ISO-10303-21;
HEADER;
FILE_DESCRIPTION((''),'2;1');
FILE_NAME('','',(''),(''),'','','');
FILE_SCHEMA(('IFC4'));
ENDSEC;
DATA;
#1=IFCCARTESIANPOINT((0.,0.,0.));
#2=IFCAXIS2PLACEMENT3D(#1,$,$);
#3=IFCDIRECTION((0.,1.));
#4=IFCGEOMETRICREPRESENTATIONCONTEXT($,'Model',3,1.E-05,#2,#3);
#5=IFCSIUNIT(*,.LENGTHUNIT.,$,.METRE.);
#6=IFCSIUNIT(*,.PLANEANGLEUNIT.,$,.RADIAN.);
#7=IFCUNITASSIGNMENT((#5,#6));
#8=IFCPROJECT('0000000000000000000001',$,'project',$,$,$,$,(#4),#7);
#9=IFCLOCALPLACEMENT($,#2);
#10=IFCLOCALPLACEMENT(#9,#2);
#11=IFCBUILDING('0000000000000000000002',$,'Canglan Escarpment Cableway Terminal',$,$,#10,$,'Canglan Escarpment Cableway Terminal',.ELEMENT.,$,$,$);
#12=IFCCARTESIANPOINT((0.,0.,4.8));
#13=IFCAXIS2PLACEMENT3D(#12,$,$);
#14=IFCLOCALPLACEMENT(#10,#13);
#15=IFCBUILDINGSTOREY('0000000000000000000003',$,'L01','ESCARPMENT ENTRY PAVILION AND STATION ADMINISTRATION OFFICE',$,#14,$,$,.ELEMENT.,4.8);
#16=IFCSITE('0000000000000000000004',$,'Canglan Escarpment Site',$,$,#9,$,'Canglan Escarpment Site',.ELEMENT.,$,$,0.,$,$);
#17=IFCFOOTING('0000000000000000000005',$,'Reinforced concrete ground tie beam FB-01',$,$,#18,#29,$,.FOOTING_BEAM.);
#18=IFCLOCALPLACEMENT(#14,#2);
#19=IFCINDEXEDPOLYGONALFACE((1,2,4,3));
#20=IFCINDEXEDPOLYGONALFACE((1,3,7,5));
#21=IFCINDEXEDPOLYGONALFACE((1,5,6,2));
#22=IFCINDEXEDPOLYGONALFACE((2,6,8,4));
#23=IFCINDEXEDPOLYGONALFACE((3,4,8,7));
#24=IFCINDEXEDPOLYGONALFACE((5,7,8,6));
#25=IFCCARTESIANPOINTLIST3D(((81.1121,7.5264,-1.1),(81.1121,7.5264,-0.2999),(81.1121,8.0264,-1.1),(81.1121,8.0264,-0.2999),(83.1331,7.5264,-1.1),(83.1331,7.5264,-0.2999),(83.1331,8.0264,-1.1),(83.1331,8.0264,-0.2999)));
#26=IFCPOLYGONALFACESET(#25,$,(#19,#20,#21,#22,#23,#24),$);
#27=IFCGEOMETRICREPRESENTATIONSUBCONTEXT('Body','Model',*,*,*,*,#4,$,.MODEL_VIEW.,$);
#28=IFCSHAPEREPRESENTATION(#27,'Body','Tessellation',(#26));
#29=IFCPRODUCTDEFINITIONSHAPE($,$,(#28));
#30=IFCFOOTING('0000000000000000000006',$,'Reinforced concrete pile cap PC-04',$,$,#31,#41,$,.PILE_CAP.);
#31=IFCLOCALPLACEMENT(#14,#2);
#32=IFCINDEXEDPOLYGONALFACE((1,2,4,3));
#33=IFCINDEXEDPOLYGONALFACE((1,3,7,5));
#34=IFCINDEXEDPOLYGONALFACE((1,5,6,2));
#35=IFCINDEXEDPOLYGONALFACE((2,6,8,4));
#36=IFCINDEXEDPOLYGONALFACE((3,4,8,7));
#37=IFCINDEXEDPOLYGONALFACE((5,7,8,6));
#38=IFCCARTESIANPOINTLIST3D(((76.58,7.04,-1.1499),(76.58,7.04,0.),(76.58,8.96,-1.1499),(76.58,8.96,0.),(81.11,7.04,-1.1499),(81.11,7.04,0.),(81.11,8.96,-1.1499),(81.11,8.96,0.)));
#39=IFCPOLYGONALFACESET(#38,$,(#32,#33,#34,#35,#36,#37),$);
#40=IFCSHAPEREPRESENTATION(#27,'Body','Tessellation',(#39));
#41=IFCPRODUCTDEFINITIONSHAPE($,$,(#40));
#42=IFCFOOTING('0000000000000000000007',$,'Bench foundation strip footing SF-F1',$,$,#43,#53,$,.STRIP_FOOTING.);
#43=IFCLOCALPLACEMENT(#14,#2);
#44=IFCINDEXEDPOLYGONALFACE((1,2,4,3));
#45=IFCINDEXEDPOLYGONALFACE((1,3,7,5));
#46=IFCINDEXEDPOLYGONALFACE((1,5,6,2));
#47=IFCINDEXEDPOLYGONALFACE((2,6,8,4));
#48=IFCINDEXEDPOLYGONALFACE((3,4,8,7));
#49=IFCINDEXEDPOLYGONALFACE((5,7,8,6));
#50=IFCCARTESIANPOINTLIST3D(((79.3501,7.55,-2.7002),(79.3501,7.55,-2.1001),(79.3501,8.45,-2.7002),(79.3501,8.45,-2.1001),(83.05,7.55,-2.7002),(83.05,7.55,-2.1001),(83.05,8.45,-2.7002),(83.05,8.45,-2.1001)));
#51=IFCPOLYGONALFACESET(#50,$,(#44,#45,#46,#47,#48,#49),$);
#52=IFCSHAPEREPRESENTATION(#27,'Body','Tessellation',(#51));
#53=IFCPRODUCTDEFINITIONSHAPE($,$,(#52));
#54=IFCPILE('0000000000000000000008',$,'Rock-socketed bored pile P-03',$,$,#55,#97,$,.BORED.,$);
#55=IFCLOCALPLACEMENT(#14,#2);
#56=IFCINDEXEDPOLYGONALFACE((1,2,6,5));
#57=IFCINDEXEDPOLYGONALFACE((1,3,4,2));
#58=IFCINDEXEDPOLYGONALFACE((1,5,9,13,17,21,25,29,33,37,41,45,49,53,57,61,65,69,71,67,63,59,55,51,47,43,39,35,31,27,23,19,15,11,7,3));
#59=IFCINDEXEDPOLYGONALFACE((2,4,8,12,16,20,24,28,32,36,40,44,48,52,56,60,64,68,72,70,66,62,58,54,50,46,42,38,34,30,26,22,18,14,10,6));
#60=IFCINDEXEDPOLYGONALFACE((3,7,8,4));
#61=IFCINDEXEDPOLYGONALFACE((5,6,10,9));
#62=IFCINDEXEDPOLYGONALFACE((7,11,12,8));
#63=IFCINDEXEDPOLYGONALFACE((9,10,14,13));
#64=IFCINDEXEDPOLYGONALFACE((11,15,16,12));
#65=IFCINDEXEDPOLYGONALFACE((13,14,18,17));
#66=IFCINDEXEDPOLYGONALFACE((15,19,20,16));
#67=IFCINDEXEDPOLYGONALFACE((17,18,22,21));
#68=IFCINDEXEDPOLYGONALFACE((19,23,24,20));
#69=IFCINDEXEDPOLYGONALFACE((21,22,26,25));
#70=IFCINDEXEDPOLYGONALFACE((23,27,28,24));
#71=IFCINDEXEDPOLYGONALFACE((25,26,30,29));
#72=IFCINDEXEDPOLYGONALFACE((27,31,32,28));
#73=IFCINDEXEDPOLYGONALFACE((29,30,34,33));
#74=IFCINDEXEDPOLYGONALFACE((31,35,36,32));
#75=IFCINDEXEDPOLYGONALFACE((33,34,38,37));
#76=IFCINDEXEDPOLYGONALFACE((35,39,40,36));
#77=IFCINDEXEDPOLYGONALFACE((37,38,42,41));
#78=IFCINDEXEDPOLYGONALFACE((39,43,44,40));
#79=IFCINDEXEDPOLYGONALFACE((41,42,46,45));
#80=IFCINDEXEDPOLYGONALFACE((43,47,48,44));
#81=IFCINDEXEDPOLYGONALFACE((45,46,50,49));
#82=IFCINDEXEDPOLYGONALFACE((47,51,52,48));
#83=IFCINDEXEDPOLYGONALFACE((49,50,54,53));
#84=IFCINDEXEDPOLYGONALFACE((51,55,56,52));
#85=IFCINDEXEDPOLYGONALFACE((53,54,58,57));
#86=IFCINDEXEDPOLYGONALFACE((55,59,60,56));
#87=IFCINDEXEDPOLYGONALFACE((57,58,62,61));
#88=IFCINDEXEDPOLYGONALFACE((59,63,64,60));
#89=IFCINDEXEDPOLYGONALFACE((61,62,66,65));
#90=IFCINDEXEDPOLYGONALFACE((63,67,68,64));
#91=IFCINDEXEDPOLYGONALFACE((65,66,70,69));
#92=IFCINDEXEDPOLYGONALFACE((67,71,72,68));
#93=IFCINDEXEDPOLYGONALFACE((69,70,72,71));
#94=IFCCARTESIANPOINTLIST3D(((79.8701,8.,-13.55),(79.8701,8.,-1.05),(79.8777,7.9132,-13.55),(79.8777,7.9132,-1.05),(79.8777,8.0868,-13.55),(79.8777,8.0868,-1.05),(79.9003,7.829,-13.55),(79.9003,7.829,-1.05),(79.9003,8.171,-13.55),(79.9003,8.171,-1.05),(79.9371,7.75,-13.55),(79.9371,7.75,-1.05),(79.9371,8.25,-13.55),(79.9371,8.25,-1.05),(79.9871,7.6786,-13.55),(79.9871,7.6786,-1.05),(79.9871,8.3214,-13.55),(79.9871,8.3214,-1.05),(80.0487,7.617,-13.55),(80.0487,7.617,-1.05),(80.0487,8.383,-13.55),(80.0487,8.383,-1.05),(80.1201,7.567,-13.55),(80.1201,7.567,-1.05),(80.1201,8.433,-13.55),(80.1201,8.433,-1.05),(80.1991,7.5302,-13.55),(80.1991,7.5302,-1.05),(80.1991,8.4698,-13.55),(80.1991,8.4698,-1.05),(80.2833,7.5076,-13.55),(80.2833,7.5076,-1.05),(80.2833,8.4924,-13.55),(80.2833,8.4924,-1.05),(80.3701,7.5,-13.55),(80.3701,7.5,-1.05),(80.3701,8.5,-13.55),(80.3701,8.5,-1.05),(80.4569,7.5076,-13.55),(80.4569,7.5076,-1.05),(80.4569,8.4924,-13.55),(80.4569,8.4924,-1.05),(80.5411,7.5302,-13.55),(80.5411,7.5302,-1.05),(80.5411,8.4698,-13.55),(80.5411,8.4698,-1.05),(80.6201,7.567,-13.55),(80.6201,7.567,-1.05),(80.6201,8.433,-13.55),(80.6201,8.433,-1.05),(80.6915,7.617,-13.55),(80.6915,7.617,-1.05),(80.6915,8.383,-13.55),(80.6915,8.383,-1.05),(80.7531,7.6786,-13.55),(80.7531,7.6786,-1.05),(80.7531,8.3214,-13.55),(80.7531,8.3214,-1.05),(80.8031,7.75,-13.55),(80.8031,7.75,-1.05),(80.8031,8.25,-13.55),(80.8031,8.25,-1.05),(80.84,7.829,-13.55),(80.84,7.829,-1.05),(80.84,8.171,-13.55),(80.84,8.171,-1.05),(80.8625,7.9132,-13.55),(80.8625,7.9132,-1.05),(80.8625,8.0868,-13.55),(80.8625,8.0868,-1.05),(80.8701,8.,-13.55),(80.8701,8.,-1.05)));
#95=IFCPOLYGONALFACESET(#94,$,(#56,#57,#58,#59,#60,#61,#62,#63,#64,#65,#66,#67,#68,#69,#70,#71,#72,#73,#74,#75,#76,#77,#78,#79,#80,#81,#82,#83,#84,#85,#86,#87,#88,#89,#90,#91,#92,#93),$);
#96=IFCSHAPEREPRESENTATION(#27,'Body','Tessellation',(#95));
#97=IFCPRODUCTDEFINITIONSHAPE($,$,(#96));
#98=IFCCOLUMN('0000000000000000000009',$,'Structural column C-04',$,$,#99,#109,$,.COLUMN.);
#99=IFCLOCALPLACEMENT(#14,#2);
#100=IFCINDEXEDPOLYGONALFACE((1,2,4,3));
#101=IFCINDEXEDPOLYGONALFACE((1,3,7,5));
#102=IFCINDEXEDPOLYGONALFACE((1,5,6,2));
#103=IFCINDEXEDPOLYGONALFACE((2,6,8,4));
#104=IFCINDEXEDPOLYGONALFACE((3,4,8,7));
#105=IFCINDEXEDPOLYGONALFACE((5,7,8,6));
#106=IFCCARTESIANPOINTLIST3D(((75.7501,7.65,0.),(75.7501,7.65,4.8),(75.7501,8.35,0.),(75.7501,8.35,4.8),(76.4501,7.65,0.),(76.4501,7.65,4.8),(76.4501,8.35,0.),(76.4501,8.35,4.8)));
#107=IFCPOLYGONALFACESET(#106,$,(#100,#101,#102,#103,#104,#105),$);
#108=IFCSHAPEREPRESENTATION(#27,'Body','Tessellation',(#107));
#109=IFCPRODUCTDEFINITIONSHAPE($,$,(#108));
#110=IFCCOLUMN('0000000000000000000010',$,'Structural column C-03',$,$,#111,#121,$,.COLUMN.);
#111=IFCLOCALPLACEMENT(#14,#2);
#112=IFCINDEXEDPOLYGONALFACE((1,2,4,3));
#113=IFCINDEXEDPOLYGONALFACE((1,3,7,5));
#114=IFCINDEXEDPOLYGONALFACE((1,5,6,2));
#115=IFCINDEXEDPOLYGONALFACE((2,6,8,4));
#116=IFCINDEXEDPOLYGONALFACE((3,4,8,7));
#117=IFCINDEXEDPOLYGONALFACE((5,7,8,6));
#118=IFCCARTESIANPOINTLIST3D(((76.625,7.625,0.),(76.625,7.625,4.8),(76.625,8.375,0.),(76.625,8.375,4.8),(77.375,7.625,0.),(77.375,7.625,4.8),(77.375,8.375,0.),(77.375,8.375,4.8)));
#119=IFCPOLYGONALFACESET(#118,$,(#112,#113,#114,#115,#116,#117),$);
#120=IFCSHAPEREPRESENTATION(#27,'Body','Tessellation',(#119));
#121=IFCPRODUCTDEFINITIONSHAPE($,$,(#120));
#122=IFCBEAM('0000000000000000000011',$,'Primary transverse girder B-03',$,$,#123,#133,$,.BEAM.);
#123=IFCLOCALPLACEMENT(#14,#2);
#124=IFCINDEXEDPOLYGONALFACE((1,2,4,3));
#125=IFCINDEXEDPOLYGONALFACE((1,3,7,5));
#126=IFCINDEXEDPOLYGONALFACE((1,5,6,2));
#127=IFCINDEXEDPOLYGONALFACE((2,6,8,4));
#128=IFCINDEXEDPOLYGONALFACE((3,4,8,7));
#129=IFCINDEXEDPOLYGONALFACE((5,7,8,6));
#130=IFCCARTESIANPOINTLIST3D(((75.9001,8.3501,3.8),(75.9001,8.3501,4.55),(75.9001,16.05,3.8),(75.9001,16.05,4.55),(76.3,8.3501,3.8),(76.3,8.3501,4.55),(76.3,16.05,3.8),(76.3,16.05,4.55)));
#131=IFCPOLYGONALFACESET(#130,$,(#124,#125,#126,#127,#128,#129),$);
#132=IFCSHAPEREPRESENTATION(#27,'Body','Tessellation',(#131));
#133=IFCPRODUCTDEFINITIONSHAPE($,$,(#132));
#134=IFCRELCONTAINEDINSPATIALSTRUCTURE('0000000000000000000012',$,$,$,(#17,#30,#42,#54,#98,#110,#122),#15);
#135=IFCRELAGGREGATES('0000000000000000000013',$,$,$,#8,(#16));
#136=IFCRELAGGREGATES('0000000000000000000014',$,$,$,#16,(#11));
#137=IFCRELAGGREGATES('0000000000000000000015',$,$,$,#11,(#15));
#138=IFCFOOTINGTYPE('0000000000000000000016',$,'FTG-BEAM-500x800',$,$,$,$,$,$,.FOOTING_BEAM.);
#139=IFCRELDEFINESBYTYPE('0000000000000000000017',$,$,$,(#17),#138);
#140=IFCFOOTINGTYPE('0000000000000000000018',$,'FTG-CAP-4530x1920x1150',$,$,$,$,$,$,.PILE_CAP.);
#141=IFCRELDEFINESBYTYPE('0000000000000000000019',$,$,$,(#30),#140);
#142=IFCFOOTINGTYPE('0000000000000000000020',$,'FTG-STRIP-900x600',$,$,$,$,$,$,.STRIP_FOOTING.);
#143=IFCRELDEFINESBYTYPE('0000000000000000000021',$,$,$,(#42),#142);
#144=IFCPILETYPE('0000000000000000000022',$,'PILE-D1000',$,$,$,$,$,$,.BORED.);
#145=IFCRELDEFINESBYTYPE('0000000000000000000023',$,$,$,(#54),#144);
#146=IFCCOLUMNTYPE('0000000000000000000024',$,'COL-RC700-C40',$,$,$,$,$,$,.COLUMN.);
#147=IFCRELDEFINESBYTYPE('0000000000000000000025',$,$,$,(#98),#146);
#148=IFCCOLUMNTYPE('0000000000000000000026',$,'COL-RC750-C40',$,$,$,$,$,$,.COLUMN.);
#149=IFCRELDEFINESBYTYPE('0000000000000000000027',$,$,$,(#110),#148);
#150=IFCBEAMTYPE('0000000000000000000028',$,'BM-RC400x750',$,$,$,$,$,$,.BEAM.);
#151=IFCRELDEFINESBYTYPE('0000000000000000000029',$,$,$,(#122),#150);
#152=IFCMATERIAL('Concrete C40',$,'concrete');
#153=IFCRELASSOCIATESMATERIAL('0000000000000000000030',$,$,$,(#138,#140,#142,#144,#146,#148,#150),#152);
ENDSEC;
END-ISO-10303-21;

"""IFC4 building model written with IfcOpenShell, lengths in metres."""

from ifc_helpers import new_model, si_unit, direction, frame, origin, origin_2d, place, context, subcontext, project, spatial, rectangle, circle, extrude, material, material_profile, profile_set, type_object, element, save


model = new_model("IFC4")

# Units and contexts
model_context = context("Model", 3, precision=1e-05, world=origin(), true_north=direction((0.0, 1.0)))
body_context = subcontext(model_context, "Body", "Model", "MODEL_VIEW")
ifc_project = project(units=[si_unit("LENGTHUNIT", "METRE"), si_unit("PLANEANGLEUNIT", "RADIAN")], contexts=[model_context])

# Site, building, storey
site_placement = place(None, origin())
site = spatial("IfcSite", under=ifc_project, at=site_placement, Name="Canglan Escarpment Site", LongName="Canglan Escarpment Site", CompositionType="ELEMENT", RefElevation=0.0)
building_placement = place(site_placement, origin())
building = spatial("IfcBuilding", under=site, at=building_placement, Name="Canglan Escarpment Cableway Terminal", LongName="Canglan Escarpment Cableway Terminal", CompositionType="ELEMENT")
storey_placement = place(building_placement, frame((0.0, 0.0, 4.8)))
storey = spatial("IfcBuildingStorey", under=building, at=storey_placement, Name="L01", Description="ESCARPMENT ENTRY PAVILION AND STATION ADMINISTRATION OFFICE", CompositionType="ELEMENT", Elevation=4.8)

# Footings
ifc_material_1 = material(Name="Concrete C40", Category="concrete")
ifc_material_profile_1 = material_profile(ifc_material_1, rectangle(XDim=0.5, YDim=0.8, at=origin_2d()), Name="FB 500x800")
ifc_profile_set_1 = profile_set([ifc_material_profile_1], Name="Concrete C40")
footing_type_1 = type_object("IfcFootingType", Name="FTG-BEAM-500x800", PredefinedType="FOOTING_BEAM", material=ifc_profile_set_1)
footing_1_placement = place(storey_placement, frame((81.1121, 7.7764, -0.7), z_axis=(1.0, 0.0, 0.0), x_axis=(0.0, 1.0, 0.0)))
element("IfcFooting", 1, at=footing_1_placement, inside=storey, type_object=footing_type_1, Name="Reinforced concrete ground tie beam FB-01", PredefinedType="FOOTING_BEAM", context=body_context, shape_type="SweptSolid", body=[
    extrude(rectangle(XDim=0.5, YDim=0.8, at=origin_2d()), origin(), (0.0, 0.0, 1.0), 2.021),
])
footing_type_2 = type_object("IfcFootingType", Name="FTG-CAP-4530x1920x1150", PredefinedType="PILE_CAP", material=ifc_material_1)
footing_2_placement = place(storey_placement, frame((78.845, 8.0, -1.1499), z_axis=(0.0, 0.0, 1.0), x_axis=(1.0, 0.0, 0.0)))
element("IfcFooting", 2, at=footing_2_placement, inside=storey, type_object=footing_type_2, Name="Reinforced concrete pile cap PC-04", PredefinedType="PILE_CAP", context=body_context, shape_type="SweptSolid", body=[
    extrude(rectangle(XDim=4.53, YDim=1.9199, at=origin_2d()), origin(), (0.0, 0.0, 1.0), 1.1499),
])
ifc_material_profile_2 = material_profile(ifc_material_1, rectangle(XDim=0.8999, YDim=0.6001, at=origin_2d()), Name="SF 900x600")
ifc_profile_set_2 = profile_set([ifc_material_profile_2], Name="Concrete C40")
footing_type_3 = type_object("IfcFootingType", Name="FTG-STRIP-900x600", PredefinedType="STRIP_FOOTING", material=ifc_profile_set_2)
footing_3_placement = place(storey_placement, frame((79.3501, 8.0, -2.4001), z_axis=(1.0, 0.0, 0.0), x_axis=(0.0, 1.0, 0.0)))
element("IfcFooting", 3, at=footing_3_placement, inside=storey, type_object=footing_type_3, Name="Bench foundation strip footing SF-F1", PredefinedType="STRIP_FOOTING", context=body_context, shape_type="SweptSolid", body=[
    extrude(rectangle(XDim=0.8999, YDim=0.6001, at=origin_2d()), origin(), (0.0, 0.0, 1.0), 3.7),
])

# Pile
ifc_material_profile_3 = material_profile(ifc_material_1, circle(Radius=0.5, at=origin_2d()), Name="BORED PILE D1000")
ifc_profile_set_3 = profile_set([ifc_material_profile_3], Name="Concrete C40")
pile_type = type_object("IfcPileType", Name="PILE-D1000", PredefinedType="BORED", material=ifc_profile_set_3)
pile_placement = place(storey_placement, frame((80.3701, 8.0, -1.05), z_axis=(0.0, 0.0, -1.0), x_axis=(1.0, 0.0, 0.0)))
element("IfcPile", 4, at=pile_placement, inside=storey, type_object=pile_type, Name="Rock-socketed bored pile P-03", PredefinedType="BORED", context=body_context, shape_type="SweptSolid", body=[
    extrude(circle(Radius=0.5, at=origin_2d()), origin(), (0.0, 0.0, 1.0), 12.5),
])

# Columns
ifc_material_profile_4 = material_profile(ifc_material_1, rectangle(XDim=0.7, YDim=0.7, at=origin_2d()), Name="RC 700x700")
ifc_profile_set_4 = profile_set([ifc_material_profile_4], Name="Concrete C40")
column_type_1 = type_object("IfcColumnType", Name="COL-RC700-C40", PredefinedType="COLUMN", material=ifc_profile_set_4)
column_1_placement = place(storey_placement, frame((76.1001, 8.0, 0.0), z_axis=(0.0, 0.0, 1.0), x_axis=(1.0, 0.0, 0.0)))
element("IfcColumn", 5, at=column_1_placement, inside=storey, type_object=column_type_1, Name="Structural column C-04", PredefinedType="COLUMN", context=body_context, shape_type="SweptSolid", body=[
    extrude(rectangle(XDim=0.7, YDim=0.7, at=origin_2d()), origin(), (0.0, 0.0, 1.0), 4.8),
])
ifc_material_profile_5 = material_profile(ifc_material_1, rectangle(XDim=0.75, YDim=0.75, at=origin_2d()), Name="RC 750x750")
ifc_profile_set_5 = profile_set([ifc_material_profile_5], Name="Concrete C40")
column_type_2 = type_object("IfcColumnType", Name="COL-RC750-C40", PredefinedType="COLUMN", material=ifc_profile_set_5)
column_2_placement = place(storey_placement, frame((77.0, 8.0, 0.0), z_axis=(0.0, 0.0, 1.0), x_axis=(1.0, 0.0, 0.0)))
element("IfcColumn", 6, at=column_2_placement, inside=storey, type_object=column_type_2, Name="Structural column C-03", PredefinedType="COLUMN", context=body_context, shape_type="SweptSolid", body=[
    extrude(rectangle(XDim=0.75, YDim=0.75, at=origin_2d()), origin(), (0.0, 0.0, 1.0), 4.8),
])

# Beam
ifc_material_profile_6 = material_profile(ifc_material_1, rectangle(XDim=0.3999, YDim=0.75, at=origin_2d()), Name="RC 400x750")
ifc_profile_set_6 = profile_set([ifc_material_profile_6], Name="Concrete C40")
beam_type_1 = type_object("IfcBeamType", Name="BM-RC400x750", PredefinedType="BEAM", material=ifc_profile_set_6)
beam_1_placement = place(storey_placement, frame((76.1001, 8.3501, 4.175), z_axis=(0.0, 1.0, 0.0), x_axis=(-1.0, 0.0, 0.0)))
element("IfcBeam", 7, at=beam_1_placement, inside=storey, type_object=beam_type_1, Name="Primary transverse girder B-03", PredefinedType="BEAM", context=body_context, shape_type="SweptSolid", body=[
    extrude(rectangle(XDim=0.3999, YDim=0.75, at=origin_2d()), origin(), (0.0, 0.0, 1.0), 7.7),
])

save(model, "model.ifc")
